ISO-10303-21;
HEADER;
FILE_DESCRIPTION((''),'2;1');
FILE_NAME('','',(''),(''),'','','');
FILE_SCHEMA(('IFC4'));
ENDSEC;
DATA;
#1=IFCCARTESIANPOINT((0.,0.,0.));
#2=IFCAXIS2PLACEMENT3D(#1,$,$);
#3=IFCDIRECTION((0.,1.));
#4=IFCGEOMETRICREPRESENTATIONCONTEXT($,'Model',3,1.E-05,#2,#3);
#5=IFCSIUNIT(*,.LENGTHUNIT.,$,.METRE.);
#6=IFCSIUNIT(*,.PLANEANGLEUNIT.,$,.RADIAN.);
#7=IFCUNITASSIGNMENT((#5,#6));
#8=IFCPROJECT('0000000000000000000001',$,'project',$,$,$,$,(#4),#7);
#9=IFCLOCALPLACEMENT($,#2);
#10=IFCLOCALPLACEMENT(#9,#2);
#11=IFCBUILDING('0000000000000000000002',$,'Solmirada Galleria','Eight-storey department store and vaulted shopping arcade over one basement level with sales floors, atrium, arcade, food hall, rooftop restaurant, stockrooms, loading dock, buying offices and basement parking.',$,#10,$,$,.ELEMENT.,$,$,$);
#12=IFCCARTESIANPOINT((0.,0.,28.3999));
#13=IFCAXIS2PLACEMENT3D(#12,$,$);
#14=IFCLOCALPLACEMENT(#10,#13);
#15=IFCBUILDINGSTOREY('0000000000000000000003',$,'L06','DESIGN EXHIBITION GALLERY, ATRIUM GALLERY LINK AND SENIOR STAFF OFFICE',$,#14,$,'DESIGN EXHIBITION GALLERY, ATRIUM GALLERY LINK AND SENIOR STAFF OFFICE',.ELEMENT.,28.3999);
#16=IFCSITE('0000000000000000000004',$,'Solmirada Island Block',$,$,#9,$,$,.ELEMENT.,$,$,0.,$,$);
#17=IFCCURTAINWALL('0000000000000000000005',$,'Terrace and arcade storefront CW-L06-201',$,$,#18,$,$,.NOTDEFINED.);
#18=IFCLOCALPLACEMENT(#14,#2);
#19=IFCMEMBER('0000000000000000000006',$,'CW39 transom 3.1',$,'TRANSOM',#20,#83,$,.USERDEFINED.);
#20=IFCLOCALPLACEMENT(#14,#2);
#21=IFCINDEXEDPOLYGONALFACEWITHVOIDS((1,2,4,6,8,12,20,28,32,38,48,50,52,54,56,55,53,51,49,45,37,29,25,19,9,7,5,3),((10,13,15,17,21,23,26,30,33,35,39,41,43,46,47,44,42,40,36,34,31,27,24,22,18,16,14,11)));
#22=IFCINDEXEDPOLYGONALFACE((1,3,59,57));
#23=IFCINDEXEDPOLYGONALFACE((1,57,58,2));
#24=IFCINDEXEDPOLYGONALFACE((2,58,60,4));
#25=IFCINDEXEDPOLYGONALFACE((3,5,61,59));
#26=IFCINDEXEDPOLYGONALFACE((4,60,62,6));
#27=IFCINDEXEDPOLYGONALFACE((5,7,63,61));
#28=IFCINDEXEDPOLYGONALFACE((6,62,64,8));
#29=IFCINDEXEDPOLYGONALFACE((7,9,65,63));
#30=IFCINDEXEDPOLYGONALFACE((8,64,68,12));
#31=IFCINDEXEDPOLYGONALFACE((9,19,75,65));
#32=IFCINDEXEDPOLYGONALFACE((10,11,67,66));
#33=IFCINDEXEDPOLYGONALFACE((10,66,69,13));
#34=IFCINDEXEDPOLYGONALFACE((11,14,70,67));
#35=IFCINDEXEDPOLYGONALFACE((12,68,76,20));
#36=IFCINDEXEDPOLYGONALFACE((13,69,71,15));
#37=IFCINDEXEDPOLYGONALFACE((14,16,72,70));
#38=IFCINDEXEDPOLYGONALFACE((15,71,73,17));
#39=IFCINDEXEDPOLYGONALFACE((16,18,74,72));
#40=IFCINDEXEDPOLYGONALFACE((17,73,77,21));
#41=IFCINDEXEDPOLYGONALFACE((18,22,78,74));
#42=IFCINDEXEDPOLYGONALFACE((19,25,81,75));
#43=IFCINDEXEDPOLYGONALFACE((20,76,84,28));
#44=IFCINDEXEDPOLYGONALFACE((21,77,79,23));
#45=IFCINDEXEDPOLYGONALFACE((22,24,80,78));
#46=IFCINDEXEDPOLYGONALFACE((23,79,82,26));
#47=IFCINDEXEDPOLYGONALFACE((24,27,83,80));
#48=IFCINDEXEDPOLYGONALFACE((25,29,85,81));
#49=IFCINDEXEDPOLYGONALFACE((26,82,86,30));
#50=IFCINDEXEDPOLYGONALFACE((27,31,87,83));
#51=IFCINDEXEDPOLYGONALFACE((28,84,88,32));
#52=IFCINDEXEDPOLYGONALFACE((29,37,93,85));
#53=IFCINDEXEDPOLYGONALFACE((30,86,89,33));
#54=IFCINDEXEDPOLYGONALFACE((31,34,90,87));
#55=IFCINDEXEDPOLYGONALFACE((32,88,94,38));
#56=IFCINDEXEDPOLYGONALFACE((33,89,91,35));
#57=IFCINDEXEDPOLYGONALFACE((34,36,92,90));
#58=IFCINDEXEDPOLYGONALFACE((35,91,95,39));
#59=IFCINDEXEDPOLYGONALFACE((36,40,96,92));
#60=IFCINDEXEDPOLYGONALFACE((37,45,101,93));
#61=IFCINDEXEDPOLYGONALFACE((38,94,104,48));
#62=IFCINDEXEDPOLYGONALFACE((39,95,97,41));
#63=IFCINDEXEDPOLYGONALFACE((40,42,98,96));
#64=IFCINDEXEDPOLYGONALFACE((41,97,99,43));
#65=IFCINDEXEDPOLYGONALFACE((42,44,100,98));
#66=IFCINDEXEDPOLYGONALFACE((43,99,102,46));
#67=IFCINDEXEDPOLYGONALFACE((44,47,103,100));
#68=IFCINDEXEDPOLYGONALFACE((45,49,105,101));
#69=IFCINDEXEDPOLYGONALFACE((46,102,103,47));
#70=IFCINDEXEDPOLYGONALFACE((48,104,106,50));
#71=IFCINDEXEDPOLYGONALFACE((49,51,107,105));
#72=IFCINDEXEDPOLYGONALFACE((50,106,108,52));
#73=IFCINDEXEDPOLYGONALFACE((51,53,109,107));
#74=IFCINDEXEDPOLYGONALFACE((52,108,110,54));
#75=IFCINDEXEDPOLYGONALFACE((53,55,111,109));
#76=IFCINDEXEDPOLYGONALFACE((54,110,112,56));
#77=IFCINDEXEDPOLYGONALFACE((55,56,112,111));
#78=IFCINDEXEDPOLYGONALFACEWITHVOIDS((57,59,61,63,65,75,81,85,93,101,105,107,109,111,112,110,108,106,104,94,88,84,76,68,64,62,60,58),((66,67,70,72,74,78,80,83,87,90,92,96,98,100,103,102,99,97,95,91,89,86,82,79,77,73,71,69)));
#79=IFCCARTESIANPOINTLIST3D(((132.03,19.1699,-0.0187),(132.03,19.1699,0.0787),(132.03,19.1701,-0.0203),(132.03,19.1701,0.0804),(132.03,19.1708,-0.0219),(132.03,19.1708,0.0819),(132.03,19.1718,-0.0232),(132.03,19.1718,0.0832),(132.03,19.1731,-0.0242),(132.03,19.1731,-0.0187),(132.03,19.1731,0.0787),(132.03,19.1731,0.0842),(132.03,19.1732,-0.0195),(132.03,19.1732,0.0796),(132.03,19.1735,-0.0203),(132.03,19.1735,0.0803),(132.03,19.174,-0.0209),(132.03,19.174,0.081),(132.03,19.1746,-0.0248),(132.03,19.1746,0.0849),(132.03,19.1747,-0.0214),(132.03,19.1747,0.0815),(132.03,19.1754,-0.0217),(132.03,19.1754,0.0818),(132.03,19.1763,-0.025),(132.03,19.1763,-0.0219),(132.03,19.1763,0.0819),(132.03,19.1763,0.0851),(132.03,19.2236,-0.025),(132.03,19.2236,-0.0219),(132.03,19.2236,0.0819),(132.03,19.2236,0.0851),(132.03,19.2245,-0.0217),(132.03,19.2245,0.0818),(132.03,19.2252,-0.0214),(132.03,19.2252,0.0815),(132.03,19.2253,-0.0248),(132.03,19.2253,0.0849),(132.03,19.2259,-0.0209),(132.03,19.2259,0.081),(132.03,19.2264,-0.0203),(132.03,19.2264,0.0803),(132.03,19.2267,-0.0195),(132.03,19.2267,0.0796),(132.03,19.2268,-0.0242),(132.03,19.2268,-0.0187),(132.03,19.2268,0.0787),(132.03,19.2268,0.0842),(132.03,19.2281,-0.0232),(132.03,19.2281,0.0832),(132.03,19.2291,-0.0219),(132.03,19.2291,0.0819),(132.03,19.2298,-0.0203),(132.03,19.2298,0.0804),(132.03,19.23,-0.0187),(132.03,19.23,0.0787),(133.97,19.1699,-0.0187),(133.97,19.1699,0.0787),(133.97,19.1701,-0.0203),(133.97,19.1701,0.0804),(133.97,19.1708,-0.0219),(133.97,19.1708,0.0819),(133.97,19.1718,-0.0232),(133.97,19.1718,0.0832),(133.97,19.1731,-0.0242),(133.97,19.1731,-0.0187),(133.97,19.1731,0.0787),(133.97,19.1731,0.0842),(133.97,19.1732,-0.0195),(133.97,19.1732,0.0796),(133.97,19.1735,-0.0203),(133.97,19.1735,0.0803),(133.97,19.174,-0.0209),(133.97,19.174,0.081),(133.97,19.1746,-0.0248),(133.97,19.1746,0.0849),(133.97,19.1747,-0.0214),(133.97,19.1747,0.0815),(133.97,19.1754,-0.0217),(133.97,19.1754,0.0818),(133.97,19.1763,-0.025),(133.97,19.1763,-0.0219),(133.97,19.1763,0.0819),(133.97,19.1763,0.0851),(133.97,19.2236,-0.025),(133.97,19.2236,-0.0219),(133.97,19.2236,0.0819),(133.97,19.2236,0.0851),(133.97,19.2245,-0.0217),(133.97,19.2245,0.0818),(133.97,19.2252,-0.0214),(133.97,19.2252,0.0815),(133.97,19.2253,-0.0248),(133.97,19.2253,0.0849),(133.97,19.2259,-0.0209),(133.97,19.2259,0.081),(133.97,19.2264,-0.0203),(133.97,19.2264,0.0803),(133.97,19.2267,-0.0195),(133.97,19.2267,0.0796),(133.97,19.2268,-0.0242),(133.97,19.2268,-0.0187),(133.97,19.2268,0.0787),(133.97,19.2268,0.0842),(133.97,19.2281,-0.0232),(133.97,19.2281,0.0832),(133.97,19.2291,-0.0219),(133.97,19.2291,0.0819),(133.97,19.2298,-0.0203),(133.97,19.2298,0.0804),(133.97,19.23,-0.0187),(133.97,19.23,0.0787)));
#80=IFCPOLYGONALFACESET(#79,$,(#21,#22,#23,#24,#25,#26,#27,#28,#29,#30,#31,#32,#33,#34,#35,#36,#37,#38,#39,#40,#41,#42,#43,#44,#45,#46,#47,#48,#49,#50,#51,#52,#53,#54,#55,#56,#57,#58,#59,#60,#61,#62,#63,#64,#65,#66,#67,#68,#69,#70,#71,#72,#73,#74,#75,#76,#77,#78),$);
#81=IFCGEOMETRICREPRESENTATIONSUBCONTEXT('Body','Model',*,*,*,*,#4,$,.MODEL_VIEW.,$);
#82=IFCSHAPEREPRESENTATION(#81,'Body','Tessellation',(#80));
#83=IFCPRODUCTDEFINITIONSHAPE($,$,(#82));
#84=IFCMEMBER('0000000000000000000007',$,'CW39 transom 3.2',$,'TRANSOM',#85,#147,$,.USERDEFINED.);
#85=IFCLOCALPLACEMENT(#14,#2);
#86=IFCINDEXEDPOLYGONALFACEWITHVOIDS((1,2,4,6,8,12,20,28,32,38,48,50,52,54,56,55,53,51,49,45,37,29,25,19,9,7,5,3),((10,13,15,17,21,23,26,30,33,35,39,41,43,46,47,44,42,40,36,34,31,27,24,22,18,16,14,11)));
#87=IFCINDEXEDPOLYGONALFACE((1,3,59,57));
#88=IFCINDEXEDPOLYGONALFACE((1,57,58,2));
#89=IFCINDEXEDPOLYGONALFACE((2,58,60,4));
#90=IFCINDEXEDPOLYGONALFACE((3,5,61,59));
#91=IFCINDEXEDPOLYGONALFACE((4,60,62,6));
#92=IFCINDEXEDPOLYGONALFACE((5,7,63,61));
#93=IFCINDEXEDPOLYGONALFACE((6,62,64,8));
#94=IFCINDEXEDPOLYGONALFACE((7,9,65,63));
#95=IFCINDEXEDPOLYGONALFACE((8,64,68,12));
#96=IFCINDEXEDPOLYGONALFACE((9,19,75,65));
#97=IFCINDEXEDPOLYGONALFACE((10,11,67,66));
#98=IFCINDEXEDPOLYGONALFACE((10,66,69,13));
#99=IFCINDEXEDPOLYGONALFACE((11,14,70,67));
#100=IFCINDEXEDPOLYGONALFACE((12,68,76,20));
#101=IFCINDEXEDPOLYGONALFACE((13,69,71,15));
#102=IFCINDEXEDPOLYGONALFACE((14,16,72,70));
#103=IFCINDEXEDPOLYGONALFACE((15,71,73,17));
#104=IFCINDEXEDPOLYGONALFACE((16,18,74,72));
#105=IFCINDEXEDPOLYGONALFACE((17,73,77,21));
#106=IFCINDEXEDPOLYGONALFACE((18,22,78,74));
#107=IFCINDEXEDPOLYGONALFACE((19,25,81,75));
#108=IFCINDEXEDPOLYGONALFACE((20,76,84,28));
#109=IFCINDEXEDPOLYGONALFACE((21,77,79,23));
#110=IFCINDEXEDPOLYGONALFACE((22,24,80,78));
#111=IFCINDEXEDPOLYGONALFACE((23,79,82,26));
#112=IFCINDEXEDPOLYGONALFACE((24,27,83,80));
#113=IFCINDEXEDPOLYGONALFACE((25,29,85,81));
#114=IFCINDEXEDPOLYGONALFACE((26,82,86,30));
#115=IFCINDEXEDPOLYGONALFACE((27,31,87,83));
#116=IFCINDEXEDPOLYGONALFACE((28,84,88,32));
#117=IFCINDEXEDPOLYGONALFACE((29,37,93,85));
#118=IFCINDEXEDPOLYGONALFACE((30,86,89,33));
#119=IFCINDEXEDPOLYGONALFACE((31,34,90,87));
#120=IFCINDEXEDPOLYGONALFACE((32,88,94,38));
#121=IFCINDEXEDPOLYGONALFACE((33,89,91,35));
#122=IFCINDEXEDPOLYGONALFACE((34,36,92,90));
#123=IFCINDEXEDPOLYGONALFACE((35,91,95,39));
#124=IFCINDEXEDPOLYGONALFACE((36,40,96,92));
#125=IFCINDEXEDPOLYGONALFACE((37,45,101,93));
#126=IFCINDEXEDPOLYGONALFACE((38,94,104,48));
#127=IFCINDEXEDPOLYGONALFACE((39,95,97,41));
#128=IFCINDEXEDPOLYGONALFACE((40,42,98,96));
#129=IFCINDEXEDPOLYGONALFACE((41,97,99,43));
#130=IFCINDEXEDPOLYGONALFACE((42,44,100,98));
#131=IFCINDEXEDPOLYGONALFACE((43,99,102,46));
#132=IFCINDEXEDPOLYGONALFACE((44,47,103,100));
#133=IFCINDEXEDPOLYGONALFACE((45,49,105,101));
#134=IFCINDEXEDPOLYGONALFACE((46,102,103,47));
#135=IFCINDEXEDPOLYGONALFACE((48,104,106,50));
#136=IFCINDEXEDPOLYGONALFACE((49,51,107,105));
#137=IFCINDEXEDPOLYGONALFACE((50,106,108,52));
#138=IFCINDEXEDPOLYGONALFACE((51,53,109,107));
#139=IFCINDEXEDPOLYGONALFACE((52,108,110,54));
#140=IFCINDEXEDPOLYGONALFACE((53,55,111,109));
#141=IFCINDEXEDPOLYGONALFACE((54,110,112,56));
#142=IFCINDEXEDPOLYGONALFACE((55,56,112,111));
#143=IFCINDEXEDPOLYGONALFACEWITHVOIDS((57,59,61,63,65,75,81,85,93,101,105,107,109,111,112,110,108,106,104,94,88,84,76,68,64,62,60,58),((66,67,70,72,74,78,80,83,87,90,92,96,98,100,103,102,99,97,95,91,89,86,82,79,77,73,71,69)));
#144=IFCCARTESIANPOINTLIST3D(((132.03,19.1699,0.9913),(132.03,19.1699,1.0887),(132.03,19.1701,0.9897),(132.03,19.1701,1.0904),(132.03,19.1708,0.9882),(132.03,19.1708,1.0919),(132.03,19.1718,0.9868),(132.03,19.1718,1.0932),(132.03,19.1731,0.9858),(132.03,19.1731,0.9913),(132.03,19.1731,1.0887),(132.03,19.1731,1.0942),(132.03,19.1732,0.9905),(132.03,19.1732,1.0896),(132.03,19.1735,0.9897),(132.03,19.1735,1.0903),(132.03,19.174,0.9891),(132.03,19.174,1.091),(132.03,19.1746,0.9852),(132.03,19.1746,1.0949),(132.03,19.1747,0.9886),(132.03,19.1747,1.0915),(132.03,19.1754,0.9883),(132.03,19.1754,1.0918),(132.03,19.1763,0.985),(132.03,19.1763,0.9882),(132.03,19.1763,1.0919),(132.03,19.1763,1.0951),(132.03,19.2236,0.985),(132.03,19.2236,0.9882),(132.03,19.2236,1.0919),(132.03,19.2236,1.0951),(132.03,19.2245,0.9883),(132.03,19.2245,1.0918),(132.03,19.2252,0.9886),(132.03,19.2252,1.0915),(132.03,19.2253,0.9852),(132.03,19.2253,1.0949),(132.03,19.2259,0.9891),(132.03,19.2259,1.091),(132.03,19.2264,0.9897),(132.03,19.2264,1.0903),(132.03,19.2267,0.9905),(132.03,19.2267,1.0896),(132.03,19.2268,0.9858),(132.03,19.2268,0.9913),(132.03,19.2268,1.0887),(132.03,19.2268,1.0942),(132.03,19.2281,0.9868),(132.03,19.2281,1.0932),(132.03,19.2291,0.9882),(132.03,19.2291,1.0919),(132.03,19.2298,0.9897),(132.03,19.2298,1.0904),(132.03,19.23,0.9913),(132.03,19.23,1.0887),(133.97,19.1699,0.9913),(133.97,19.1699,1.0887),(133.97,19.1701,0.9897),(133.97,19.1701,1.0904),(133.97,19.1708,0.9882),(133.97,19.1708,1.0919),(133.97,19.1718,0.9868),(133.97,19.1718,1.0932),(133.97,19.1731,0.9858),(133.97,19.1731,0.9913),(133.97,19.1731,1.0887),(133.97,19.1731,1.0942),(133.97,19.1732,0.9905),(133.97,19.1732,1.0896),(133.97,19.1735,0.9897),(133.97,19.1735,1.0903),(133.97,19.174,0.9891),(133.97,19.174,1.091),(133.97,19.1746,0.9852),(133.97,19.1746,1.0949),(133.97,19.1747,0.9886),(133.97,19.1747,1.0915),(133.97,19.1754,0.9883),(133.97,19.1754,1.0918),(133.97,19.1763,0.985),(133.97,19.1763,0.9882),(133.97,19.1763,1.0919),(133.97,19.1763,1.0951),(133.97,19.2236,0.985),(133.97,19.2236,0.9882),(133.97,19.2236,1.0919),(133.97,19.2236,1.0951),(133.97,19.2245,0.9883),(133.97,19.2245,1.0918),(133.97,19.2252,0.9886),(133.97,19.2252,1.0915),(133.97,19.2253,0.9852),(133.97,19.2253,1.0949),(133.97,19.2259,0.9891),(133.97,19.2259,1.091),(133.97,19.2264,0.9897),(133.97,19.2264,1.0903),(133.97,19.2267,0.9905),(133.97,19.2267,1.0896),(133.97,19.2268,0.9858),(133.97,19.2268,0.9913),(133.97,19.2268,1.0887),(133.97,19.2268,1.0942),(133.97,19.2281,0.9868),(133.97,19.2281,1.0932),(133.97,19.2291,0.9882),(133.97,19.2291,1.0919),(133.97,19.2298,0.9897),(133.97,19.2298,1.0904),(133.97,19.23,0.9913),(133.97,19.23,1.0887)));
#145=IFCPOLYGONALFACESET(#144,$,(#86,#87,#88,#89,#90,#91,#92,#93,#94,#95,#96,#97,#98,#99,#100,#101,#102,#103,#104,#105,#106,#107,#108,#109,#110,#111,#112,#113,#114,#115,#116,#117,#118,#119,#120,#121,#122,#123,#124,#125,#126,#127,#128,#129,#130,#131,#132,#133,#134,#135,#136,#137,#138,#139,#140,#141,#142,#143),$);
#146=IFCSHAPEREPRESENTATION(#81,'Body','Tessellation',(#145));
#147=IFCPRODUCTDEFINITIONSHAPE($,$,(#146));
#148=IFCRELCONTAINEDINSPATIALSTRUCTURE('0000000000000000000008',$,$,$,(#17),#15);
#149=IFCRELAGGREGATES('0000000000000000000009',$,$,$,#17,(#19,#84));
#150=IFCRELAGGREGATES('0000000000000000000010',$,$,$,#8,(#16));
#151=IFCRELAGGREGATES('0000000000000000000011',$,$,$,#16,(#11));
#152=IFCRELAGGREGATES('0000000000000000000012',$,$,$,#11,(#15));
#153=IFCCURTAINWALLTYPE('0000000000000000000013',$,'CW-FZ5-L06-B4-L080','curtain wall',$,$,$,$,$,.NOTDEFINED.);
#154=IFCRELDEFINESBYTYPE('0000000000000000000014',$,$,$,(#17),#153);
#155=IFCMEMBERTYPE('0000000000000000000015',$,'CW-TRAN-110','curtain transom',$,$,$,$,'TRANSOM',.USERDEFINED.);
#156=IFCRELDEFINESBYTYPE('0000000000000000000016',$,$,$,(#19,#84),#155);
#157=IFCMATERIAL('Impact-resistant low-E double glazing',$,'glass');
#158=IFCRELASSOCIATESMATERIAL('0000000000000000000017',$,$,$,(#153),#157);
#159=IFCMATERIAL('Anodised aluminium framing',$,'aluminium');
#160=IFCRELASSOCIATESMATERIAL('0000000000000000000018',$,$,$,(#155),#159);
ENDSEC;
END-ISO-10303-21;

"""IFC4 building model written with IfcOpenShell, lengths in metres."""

from ifc_helpers import new_model, si_unit, direction, frame, origin, origin_2d, place, context, subcontext, project, spatial, hollow_rectangle, extrude, material, material_profile, profile_set, type_object, element, aggregate, save


model = new_model("IFC4")

# Units and contexts
model_context = context("Model", 3, precision=1e-05, world=origin(), true_north=direction((0.0, 1.0)))
body_context = subcontext(model_context, "Body", "Model", "MODEL_VIEW")
ifc_project = project(units=[si_unit("LENGTHUNIT", "METRE"), si_unit("PLANEANGLEUNIT", "RADIAN")], contexts=[model_context])

# Site, building, storey
site_placement = place(None, origin())
site = spatial("IfcSite", under=ifc_project, at=site_placement, Name="Solmirada Island Block", CompositionType="ELEMENT", RefElevation=0.0)
building_placement = place(site_placement, origin())
building = spatial("IfcBuilding", under=site, at=building_placement, Name="Solmirada Galleria", Description="Eight-storey department store and vaulted shopping arcade over one basement level with sales floors, atrium, arcade, food hall, rooftop restaurant, stockrooms, loading dock, buying offices and basement parking.", CompositionType="ELEMENT")
storey_placement = place(building_placement, frame((0.0, 0.0, 28.3999)))
storey = spatial("IfcBuildingStorey", under=building, at=storey_placement, Name="L06", Description="DESIGN EXHIBITION GALLERY, ATRIUM GALLERY LINK AND SENIOR STAFF OFFICE", LongName="DESIGN EXHIBITION GALLERY, ATRIUM GALLERY LINK AND SENIOR STAFF OFFICE", CompositionType="ELEMENT", Elevation=28.3999)

# Shared definitions
ifc_material_1 = material(Name="Impact-resistant low-E double glazing", Category="glass")
curtain_wall_type = type_object("IfcCurtainWallType", Name="CW-FZ5-L06-B4-L080", Description="curtain wall", PredefinedType="NOTDEFINED", material=ifc_material_1)
ifc_material_2 = material(Name="Anodised aluminium framing", Category="aluminium")

# Curtain wall, members
curtain_wall_1_placement = place(storey_placement, origin())
curtain_wall_1 = element("IfcCurtainWall", 1, at=curtain_wall_1_placement, inside=storey, type_object=curtain_wall_type, Name="Terrace and arcade storefront CW-L06-201", PredefinedType="NOTDEFINED")
ifc_material_profile_1 = material_profile(ifc_material_2, hollow_rectangle(XDim=0.0601, YDim=0.1101, WallThickness=0.0032, InnerFilletRadius=0.0032, OuterFilletRadius=0.0063, at=origin_2d()), Name="ALU-TRAN-110X60")
ifc_profile_set_1 = profile_set([ifc_material_profile_1], Name="Anodised aluminium framing")
member_type_1 = type_object("IfcMemberType", Name="CW-TRAN-110", Description="curtain transom", ElementType="TRANSOM", PredefinedType="USERDEFINED", material=ifc_profile_set_1)
member_1_placement = place(storey_placement, frame((132.03, 19.2, 0.03), z_axis=(1.0, 0.0, 0.0), x_axis=(0.0, 1.0, 0.0)))
member_1 = element("IfcMember", 2, at=member_1_placement, type_object=member_type_1, Name="CW39 transom 3.1", ObjectType="TRANSOM", PredefinedType="USERDEFINED", context=body_context, shape_type="SweptSolid", body=[
    extrude(hollow_rectangle(XDim=0.0601, YDim=0.1101, WallThickness=0.0032, InnerFilletRadius=0.0032, OuterFilletRadius=0.0063, at=origin_2d()), origin(), (0.0, 0.0, 1.0), 1.9399),
])
member_2_placement = place(storey_placement, frame((132.03, 19.2, 1.04), z_axis=(1.0, 0.0, 0.0), x_axis=(0.0, 1.0, 0.0)))
member_2 = element("IfcMember", 3, at=member_2_placement, type_object=member_type_1, Name="CW39 transom 3.2", ObjectType="TRANSOM", PredefinedType="USERDEFINED", context=body_context, shape_type="SweptSolid", body=[
    extrude(hollow_rectangle(XDim=0.0601, YDim=0.1101, WallThickness=0.0032, InnerFilletRadius=0.0032, OuterFilletRadius=0.0063, at=origin_2d()), origin(), (0.0, 0.0, 1.0), 1.9399),
])

aggregate(curtain_wall_1, [member_1, member_2])

save(model, "model.ifc")
